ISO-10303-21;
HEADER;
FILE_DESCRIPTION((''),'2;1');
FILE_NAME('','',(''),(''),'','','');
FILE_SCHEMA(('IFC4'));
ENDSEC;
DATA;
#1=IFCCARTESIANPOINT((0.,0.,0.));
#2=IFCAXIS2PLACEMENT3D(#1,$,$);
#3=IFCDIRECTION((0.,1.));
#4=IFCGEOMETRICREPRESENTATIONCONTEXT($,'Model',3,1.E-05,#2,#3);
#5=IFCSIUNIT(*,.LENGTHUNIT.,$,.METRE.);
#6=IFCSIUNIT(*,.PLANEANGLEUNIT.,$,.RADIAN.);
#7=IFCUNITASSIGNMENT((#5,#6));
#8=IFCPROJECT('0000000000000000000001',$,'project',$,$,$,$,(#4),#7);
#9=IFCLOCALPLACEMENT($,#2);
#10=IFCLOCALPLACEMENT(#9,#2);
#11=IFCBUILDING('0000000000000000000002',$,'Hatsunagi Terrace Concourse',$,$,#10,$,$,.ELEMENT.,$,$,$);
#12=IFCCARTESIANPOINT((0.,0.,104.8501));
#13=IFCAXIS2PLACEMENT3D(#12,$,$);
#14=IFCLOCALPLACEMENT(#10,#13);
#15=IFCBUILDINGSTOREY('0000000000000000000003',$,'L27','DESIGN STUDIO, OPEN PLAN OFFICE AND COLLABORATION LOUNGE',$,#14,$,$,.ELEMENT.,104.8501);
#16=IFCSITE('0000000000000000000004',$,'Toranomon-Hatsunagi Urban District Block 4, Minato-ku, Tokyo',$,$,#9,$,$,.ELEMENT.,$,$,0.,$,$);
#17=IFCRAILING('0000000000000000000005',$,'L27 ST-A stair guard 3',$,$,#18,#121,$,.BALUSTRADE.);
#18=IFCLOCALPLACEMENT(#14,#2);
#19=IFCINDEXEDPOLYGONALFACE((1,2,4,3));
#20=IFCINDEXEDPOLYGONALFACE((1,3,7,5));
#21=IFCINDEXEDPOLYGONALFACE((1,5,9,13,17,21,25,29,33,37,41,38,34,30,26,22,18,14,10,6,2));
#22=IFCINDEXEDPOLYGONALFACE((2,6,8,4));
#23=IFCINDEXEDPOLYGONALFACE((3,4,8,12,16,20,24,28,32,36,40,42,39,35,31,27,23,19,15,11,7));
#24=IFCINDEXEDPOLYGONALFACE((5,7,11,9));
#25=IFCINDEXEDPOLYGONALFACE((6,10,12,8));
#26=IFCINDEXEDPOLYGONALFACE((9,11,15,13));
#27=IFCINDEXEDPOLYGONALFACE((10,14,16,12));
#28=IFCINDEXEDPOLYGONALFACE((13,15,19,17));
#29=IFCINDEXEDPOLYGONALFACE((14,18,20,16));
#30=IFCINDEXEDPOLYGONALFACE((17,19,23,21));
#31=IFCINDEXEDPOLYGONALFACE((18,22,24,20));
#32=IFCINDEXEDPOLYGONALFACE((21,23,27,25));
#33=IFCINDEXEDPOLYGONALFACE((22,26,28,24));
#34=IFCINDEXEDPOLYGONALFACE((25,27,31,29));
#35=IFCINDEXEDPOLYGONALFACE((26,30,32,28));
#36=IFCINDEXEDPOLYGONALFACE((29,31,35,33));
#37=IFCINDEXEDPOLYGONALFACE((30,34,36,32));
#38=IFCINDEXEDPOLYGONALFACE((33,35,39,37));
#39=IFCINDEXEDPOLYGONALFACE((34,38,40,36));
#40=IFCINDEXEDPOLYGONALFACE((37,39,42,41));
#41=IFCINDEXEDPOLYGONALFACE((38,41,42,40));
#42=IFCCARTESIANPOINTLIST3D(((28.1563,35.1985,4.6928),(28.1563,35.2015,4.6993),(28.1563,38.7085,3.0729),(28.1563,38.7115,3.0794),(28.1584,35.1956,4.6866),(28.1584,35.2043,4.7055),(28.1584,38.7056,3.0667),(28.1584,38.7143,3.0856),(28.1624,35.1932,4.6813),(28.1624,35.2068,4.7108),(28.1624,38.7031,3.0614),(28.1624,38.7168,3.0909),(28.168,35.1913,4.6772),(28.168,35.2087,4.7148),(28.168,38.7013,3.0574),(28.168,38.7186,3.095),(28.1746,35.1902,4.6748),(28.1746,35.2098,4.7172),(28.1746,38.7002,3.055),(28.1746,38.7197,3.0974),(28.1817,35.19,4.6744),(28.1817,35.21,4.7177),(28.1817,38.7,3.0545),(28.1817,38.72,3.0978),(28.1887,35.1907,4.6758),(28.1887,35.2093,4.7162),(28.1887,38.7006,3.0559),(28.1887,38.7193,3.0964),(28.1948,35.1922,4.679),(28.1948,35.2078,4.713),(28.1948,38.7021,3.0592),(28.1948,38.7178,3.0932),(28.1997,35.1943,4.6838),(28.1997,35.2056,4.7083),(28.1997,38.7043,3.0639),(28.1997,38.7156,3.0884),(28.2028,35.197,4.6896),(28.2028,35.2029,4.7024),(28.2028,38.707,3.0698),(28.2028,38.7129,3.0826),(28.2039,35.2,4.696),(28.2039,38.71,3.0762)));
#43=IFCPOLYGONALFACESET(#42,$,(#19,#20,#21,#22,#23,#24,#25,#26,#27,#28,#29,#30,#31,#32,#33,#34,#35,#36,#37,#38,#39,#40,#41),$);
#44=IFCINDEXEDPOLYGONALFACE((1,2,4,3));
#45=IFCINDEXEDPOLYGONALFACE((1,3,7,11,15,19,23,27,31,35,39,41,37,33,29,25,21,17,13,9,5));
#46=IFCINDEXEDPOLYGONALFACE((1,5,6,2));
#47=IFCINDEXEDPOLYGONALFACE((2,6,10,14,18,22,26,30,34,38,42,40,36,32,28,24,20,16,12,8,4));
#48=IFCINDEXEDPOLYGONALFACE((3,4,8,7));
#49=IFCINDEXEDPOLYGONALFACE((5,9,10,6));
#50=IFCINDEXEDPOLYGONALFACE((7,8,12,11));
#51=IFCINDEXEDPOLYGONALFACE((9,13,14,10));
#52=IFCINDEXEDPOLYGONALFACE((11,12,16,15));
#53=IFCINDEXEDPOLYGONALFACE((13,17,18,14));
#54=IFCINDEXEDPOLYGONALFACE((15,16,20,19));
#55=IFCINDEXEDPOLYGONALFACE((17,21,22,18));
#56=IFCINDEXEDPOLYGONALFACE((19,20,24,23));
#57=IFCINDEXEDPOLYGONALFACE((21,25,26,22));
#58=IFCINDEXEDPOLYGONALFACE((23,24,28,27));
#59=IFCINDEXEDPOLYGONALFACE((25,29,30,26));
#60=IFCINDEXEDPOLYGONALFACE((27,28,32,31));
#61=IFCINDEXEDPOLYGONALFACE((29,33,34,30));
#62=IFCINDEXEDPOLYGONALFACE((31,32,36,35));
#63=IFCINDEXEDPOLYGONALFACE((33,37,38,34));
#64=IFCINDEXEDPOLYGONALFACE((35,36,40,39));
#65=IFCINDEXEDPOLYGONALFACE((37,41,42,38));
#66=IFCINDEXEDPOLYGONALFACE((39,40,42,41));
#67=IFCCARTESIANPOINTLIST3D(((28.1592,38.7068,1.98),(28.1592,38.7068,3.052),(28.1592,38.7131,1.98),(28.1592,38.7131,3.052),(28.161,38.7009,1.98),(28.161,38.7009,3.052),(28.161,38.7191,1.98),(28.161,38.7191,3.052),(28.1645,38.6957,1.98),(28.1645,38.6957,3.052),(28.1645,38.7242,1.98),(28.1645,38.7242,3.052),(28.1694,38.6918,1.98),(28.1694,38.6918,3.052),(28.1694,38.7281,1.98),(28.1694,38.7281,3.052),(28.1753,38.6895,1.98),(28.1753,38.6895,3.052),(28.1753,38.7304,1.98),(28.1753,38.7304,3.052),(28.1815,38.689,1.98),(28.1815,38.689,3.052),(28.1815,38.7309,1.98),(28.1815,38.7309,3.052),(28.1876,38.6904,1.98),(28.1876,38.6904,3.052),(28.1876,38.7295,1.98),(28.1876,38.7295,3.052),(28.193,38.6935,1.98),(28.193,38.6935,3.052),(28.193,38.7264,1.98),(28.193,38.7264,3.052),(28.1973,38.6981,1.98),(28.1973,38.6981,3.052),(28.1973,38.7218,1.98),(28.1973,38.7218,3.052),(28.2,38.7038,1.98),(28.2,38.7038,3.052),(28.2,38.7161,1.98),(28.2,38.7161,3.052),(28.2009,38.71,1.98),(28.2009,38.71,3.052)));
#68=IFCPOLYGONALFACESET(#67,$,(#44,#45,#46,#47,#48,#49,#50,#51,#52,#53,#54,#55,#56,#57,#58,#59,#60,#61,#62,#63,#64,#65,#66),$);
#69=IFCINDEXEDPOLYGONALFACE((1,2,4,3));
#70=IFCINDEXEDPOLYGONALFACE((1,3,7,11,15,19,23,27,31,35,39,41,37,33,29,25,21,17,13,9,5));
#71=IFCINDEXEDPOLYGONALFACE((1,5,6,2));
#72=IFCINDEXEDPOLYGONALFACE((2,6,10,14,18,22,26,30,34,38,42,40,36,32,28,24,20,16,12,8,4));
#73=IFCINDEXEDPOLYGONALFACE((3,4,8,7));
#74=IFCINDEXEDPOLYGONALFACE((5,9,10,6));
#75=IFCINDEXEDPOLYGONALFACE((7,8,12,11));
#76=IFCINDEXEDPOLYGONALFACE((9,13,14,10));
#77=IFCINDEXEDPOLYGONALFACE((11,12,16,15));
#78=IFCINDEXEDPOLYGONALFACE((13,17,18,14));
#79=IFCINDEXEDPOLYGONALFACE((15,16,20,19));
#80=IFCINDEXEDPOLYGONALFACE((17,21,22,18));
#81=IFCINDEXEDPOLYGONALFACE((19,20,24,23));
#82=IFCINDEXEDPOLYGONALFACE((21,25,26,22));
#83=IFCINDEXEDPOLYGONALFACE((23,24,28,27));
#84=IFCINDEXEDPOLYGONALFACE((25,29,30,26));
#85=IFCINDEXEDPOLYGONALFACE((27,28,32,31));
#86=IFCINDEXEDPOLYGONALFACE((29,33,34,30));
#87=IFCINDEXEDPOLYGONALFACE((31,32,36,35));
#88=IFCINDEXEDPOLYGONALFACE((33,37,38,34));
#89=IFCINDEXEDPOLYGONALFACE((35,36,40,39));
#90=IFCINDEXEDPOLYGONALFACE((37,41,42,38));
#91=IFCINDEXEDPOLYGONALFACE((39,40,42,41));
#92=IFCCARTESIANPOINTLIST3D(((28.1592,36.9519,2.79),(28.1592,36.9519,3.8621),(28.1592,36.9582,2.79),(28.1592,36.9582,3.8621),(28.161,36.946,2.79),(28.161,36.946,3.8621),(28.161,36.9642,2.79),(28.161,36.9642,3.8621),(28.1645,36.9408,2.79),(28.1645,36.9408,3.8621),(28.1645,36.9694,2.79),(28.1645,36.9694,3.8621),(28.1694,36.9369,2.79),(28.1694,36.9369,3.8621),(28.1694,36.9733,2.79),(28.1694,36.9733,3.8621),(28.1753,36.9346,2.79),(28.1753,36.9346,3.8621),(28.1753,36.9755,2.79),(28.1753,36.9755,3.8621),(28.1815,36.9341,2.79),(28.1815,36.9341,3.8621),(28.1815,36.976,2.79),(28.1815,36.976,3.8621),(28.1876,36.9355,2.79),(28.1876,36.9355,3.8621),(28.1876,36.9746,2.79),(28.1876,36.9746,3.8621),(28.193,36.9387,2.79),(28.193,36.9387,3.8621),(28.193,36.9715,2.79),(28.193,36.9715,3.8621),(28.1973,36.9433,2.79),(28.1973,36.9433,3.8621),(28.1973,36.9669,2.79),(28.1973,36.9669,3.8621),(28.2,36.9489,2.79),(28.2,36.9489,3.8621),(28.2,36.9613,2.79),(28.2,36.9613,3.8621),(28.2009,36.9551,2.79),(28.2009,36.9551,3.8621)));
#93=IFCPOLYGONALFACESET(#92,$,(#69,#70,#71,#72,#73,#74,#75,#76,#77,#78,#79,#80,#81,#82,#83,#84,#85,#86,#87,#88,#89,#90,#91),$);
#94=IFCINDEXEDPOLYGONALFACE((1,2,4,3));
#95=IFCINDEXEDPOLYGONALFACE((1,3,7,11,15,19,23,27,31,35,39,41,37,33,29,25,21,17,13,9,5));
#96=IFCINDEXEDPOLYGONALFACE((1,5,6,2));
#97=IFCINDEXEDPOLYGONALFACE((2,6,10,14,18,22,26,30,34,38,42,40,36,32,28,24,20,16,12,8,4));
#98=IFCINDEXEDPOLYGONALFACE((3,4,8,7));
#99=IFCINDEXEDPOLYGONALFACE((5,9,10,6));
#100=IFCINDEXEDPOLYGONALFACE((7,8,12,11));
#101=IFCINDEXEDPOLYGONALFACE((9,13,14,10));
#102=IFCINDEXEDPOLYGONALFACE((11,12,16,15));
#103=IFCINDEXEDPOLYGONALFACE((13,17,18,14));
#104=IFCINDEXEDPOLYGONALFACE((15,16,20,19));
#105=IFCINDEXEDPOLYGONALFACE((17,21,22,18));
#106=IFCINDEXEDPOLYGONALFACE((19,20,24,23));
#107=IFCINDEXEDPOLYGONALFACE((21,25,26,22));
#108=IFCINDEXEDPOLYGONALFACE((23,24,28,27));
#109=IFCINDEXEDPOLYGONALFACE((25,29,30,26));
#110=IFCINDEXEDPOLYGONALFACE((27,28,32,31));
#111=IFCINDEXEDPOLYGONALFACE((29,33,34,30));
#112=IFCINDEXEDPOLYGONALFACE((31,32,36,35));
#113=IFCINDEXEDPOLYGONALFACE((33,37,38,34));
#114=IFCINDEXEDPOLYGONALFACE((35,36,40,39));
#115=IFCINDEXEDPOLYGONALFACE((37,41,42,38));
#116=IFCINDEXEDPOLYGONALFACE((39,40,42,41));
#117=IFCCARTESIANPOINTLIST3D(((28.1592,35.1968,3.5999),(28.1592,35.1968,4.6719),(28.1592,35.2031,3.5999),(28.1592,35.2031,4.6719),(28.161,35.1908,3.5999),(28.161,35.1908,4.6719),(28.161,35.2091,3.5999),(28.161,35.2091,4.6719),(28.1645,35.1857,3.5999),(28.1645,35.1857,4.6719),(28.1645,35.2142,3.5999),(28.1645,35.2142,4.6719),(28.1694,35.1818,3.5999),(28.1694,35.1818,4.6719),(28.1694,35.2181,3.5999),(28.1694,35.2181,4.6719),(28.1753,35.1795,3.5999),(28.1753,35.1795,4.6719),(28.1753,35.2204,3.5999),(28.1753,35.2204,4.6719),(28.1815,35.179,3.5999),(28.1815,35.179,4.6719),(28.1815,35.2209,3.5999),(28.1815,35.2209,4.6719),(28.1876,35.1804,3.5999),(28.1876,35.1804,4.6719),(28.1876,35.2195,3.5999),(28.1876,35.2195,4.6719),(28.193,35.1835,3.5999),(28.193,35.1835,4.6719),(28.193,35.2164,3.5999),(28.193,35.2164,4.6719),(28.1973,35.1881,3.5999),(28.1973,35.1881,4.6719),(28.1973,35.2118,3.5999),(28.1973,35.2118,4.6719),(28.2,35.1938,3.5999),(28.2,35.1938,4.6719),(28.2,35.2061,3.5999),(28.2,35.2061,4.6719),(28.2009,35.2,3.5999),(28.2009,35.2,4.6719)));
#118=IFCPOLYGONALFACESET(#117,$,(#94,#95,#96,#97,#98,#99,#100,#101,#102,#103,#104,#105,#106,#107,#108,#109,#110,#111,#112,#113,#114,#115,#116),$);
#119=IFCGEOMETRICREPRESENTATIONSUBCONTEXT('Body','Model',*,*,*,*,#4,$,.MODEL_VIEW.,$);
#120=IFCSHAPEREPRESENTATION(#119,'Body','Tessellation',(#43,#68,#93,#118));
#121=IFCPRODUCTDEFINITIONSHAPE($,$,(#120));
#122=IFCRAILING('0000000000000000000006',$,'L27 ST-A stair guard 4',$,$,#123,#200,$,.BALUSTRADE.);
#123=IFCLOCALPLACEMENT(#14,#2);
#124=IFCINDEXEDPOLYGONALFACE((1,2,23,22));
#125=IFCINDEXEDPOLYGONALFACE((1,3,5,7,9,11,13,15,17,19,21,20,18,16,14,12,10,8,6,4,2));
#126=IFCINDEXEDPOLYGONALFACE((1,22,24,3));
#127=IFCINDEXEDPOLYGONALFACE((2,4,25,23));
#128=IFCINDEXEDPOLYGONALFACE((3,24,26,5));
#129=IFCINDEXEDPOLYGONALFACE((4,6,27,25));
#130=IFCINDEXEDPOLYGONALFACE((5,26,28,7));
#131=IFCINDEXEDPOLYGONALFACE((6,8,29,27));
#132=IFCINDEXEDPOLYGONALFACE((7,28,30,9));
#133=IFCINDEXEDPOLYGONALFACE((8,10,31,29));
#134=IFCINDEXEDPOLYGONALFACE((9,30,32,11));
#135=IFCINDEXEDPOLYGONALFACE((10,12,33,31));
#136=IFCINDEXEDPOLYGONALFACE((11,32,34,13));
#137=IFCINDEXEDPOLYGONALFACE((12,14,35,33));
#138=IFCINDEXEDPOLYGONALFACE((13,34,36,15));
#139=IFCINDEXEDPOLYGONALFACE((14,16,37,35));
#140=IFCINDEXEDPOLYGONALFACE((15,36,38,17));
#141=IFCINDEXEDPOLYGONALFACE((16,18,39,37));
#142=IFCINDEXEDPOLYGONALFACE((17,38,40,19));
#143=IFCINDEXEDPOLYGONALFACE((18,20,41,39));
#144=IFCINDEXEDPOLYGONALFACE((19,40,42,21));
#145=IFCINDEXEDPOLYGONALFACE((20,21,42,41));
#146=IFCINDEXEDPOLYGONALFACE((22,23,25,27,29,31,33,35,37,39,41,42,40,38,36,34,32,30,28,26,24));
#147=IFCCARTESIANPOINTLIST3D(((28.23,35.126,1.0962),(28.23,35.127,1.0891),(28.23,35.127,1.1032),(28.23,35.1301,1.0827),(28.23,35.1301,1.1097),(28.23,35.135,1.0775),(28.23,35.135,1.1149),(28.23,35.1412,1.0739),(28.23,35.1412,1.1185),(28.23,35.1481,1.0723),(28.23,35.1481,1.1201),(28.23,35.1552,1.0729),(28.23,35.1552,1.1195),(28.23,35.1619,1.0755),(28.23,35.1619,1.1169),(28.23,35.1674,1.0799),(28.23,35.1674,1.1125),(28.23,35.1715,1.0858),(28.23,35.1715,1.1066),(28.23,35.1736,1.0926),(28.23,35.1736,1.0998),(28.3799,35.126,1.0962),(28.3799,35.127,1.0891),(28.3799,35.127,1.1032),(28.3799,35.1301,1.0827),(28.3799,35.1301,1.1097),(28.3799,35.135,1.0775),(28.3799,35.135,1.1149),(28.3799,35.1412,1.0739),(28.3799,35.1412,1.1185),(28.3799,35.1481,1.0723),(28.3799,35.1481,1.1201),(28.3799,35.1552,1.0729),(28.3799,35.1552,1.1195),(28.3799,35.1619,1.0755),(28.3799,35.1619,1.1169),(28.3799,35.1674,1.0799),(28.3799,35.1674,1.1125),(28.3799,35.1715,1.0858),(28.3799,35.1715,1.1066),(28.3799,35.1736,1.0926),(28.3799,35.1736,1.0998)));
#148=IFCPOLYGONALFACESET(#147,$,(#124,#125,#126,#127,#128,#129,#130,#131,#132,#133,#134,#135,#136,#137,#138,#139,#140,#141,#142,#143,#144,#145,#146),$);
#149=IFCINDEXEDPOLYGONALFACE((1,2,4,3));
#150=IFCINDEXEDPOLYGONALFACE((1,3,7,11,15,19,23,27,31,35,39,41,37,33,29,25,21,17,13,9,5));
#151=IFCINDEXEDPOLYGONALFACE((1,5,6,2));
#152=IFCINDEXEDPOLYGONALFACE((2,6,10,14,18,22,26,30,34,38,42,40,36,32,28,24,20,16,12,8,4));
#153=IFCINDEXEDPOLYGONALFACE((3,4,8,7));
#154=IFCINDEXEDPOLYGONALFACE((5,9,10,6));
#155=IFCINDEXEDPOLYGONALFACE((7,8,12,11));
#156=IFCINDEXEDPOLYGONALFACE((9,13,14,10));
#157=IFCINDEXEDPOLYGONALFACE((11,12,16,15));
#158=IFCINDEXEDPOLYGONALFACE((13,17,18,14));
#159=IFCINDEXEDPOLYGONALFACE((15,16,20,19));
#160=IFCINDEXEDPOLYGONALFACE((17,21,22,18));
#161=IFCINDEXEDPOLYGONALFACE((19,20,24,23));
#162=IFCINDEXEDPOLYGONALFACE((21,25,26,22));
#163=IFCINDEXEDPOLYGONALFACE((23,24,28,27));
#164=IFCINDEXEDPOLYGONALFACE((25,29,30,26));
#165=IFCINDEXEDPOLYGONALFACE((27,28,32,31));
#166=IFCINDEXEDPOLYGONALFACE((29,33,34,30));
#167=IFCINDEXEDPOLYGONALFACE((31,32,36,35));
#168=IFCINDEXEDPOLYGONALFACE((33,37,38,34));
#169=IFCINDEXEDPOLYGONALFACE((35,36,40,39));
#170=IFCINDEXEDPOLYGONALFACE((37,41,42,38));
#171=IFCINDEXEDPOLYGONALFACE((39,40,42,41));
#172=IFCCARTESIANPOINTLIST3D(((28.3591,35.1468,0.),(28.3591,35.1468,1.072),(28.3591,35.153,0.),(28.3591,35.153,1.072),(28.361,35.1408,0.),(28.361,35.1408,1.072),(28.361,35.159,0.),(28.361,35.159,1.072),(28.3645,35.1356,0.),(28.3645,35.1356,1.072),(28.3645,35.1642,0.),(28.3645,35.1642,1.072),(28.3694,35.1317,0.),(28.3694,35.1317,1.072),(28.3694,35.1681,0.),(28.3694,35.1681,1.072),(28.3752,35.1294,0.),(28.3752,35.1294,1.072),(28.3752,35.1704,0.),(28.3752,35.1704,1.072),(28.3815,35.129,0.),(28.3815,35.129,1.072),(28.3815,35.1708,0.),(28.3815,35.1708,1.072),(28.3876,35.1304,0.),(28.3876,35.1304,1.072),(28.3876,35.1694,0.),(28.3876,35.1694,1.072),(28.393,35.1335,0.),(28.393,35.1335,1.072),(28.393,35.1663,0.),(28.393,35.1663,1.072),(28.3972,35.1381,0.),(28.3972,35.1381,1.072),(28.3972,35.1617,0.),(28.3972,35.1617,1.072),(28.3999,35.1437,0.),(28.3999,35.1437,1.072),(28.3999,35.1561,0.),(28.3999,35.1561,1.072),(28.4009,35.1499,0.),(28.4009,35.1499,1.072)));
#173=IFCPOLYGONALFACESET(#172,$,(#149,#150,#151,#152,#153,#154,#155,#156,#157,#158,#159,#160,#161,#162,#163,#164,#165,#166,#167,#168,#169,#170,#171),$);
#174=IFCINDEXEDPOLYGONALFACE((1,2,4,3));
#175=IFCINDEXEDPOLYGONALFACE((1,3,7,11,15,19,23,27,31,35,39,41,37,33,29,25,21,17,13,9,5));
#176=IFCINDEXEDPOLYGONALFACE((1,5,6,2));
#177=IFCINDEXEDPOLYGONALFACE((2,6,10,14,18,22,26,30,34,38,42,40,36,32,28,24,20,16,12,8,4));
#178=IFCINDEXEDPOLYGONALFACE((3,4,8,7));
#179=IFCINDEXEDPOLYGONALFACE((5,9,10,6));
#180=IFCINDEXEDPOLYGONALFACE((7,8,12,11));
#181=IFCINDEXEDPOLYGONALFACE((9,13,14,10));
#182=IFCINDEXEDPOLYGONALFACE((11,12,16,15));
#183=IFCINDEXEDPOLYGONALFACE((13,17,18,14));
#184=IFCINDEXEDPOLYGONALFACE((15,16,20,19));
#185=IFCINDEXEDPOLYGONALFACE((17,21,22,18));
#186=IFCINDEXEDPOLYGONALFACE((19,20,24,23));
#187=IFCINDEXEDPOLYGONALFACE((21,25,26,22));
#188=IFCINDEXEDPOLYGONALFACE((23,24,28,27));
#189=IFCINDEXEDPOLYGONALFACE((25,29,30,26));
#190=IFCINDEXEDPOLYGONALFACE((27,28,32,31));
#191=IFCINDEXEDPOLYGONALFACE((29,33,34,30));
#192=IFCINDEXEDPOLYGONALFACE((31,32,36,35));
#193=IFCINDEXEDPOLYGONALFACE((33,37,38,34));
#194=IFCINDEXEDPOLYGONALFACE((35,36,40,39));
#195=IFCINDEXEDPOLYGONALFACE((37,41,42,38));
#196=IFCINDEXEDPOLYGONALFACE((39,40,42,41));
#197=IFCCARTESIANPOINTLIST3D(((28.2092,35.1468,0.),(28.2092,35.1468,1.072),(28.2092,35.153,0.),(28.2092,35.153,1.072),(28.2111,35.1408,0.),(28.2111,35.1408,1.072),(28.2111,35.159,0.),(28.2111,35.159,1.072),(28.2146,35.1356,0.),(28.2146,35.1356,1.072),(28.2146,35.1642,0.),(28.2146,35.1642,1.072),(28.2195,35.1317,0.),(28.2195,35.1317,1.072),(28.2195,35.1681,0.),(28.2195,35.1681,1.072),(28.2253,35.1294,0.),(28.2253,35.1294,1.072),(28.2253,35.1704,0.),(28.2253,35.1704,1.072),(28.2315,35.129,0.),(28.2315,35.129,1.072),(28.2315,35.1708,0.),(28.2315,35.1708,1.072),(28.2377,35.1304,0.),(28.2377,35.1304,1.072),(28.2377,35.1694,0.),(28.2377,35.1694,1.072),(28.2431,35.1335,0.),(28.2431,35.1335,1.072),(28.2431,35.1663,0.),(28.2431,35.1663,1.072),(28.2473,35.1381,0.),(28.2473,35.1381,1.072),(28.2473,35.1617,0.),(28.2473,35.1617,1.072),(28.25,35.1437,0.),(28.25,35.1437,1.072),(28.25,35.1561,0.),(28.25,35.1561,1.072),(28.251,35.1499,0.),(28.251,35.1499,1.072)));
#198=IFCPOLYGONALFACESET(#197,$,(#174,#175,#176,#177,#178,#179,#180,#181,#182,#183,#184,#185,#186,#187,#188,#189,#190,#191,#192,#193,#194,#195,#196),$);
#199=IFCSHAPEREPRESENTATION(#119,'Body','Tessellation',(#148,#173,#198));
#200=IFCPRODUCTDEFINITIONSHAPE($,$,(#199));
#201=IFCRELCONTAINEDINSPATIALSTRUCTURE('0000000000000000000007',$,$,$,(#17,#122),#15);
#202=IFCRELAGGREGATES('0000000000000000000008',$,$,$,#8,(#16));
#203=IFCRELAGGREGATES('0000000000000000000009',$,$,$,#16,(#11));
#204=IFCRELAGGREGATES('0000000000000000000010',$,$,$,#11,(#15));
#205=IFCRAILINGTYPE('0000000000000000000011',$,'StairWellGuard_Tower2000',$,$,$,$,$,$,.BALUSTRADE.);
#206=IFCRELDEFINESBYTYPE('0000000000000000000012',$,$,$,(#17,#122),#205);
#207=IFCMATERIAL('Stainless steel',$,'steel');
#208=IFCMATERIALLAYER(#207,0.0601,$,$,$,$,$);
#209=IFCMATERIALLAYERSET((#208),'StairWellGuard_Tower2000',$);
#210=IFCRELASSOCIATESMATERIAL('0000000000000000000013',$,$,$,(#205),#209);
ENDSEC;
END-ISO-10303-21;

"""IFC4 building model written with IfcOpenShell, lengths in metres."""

from ifc_helpers import new_model, si_unit, direction, frame, origin, origin_2d, place, context, subcontext, project, spatial, circle, extrude, material, layer, layer_set, type_object, element, save


model = new_model("IFC4")

# Units and contexts
model_context = context("Model", 3, precision=1e-05, world=origin(), true_north=direction((0.0, 1.0)))
body_context = subcontext(model_context, "Body", "Model", "MODEL_VIEW")
ifc_project = project(units=[si_unit("LENGTHUNIT", "METRE"), si_unit("PLANEANGLEUNIT", "RADIAN")], contexts=[model_context])

# Site, building, storey
site_placement = place(None, origin())
site = spatial("IfcSite", under=ifc_project, at=site_placement, Name="Toranomon-Hatsunagi Urban District Block 4, Minato-ku, Tokyo", CompositionType="ELEMENT", RefElevation=0.0)
building_placement = place(site_placement, origin())
building = spatial("IfcBuilding", under=site, at=building_placement, Name="Hatsunagi Terrace Concourse", CompositionType="ELEMENT")
storey_placement = place(building_placement, frame((0.0, 0.0, 104.8501)))
storey = spatial("IfcBuildingStorey", under=building, at=storey_placement, Name="L27", Description="DESIGN STUDIO, OPEN PLAN OFFICE AND COLLABORATION LOUNGE", CompositionType="ELEMENT", Elevation=104.8501)

# Railings
ifc_material_1 = material(Name="Stainless steel", Category="steel")
ifc_layer_1 = layer(ifc_material_1, 0.0601)
ifc_layer_set_1 = layer_set([ifc_layer_1], Name="StairWellGuard_Tower2000")
railing_type_1 = type_object("IfcRailingType", Name="StairWellGuard_Tower2000", PredefinedType="BALUSTRADE", material=ifc_layer_set_1)
railing_1_placement = place(storey_placement, frame((28.1799, 38.71, 1.98)))
element("IfcRailing", 1, at=railing_1_placement, inside=storey, type_object=railing_type_1, Name="L27 ST-A stair guard 3", PredefinedType="BALUSTRADE", context=body_context, shape_type="SweptSolid", body=[
    extrude(circle(Radius=0.0239, at=origin_2d()), frame((0.0, 0.0, 1.0962), z_axis=(0.0, -0.907972, 0.41903), x_axis=(1.0, 0.0, 0.0)), (0.0, 0.0, 1.0), 3.8657),
    extrude(circle(Radius=0.021, at=origin_2d()), origin(), (0.0, 0.0, 1.0), 1.072),
    extrude(circle(Radius=0.021, at=origin_2d()), frame((0.0, -1.7549, 0.8101)), (0.0, 0.0, 1.0), 1.072),
    extrude(circle(Radius=0.021, at=origin_2d()), frame((0.0, -3.51, 1.6199)), (0.0, 0.0, 1.0), 1.072),
])
railing_2_placement = place(storey_placement, frame((28.3799, 35.1499, 0.0)))
element("IfcRailing", 2, at=railing_2_placement, inside=storey, type_object=railing_type_1, Name="L27 ST-A stair guard 4", PredefinedType="BALUSTRADE", context=body_context, shape_type="SweptSolid", body=[
    extrude(circle(Radius=0.0239, at=origin_2d()), frame((0.0, 0.0, 1.0962), z_axis=(-1.0, 0.0, 0.0), x_axis=(0.0, -1.0, 0.0)), (0.0, 0.0, 1.0), 0.1499),
    extrude(circle(Radius=0.021, at=origin_2d()), origin(), (0.0, 0.0, 1.0), 1.072),
    extrude(circle(Radius=0.021, at=origin_2d()), frame((-0.1499, 0.0, 0.0)), (0.0, 0.0, 1.0), 1.072),
])

save(model, "model.ifc")
